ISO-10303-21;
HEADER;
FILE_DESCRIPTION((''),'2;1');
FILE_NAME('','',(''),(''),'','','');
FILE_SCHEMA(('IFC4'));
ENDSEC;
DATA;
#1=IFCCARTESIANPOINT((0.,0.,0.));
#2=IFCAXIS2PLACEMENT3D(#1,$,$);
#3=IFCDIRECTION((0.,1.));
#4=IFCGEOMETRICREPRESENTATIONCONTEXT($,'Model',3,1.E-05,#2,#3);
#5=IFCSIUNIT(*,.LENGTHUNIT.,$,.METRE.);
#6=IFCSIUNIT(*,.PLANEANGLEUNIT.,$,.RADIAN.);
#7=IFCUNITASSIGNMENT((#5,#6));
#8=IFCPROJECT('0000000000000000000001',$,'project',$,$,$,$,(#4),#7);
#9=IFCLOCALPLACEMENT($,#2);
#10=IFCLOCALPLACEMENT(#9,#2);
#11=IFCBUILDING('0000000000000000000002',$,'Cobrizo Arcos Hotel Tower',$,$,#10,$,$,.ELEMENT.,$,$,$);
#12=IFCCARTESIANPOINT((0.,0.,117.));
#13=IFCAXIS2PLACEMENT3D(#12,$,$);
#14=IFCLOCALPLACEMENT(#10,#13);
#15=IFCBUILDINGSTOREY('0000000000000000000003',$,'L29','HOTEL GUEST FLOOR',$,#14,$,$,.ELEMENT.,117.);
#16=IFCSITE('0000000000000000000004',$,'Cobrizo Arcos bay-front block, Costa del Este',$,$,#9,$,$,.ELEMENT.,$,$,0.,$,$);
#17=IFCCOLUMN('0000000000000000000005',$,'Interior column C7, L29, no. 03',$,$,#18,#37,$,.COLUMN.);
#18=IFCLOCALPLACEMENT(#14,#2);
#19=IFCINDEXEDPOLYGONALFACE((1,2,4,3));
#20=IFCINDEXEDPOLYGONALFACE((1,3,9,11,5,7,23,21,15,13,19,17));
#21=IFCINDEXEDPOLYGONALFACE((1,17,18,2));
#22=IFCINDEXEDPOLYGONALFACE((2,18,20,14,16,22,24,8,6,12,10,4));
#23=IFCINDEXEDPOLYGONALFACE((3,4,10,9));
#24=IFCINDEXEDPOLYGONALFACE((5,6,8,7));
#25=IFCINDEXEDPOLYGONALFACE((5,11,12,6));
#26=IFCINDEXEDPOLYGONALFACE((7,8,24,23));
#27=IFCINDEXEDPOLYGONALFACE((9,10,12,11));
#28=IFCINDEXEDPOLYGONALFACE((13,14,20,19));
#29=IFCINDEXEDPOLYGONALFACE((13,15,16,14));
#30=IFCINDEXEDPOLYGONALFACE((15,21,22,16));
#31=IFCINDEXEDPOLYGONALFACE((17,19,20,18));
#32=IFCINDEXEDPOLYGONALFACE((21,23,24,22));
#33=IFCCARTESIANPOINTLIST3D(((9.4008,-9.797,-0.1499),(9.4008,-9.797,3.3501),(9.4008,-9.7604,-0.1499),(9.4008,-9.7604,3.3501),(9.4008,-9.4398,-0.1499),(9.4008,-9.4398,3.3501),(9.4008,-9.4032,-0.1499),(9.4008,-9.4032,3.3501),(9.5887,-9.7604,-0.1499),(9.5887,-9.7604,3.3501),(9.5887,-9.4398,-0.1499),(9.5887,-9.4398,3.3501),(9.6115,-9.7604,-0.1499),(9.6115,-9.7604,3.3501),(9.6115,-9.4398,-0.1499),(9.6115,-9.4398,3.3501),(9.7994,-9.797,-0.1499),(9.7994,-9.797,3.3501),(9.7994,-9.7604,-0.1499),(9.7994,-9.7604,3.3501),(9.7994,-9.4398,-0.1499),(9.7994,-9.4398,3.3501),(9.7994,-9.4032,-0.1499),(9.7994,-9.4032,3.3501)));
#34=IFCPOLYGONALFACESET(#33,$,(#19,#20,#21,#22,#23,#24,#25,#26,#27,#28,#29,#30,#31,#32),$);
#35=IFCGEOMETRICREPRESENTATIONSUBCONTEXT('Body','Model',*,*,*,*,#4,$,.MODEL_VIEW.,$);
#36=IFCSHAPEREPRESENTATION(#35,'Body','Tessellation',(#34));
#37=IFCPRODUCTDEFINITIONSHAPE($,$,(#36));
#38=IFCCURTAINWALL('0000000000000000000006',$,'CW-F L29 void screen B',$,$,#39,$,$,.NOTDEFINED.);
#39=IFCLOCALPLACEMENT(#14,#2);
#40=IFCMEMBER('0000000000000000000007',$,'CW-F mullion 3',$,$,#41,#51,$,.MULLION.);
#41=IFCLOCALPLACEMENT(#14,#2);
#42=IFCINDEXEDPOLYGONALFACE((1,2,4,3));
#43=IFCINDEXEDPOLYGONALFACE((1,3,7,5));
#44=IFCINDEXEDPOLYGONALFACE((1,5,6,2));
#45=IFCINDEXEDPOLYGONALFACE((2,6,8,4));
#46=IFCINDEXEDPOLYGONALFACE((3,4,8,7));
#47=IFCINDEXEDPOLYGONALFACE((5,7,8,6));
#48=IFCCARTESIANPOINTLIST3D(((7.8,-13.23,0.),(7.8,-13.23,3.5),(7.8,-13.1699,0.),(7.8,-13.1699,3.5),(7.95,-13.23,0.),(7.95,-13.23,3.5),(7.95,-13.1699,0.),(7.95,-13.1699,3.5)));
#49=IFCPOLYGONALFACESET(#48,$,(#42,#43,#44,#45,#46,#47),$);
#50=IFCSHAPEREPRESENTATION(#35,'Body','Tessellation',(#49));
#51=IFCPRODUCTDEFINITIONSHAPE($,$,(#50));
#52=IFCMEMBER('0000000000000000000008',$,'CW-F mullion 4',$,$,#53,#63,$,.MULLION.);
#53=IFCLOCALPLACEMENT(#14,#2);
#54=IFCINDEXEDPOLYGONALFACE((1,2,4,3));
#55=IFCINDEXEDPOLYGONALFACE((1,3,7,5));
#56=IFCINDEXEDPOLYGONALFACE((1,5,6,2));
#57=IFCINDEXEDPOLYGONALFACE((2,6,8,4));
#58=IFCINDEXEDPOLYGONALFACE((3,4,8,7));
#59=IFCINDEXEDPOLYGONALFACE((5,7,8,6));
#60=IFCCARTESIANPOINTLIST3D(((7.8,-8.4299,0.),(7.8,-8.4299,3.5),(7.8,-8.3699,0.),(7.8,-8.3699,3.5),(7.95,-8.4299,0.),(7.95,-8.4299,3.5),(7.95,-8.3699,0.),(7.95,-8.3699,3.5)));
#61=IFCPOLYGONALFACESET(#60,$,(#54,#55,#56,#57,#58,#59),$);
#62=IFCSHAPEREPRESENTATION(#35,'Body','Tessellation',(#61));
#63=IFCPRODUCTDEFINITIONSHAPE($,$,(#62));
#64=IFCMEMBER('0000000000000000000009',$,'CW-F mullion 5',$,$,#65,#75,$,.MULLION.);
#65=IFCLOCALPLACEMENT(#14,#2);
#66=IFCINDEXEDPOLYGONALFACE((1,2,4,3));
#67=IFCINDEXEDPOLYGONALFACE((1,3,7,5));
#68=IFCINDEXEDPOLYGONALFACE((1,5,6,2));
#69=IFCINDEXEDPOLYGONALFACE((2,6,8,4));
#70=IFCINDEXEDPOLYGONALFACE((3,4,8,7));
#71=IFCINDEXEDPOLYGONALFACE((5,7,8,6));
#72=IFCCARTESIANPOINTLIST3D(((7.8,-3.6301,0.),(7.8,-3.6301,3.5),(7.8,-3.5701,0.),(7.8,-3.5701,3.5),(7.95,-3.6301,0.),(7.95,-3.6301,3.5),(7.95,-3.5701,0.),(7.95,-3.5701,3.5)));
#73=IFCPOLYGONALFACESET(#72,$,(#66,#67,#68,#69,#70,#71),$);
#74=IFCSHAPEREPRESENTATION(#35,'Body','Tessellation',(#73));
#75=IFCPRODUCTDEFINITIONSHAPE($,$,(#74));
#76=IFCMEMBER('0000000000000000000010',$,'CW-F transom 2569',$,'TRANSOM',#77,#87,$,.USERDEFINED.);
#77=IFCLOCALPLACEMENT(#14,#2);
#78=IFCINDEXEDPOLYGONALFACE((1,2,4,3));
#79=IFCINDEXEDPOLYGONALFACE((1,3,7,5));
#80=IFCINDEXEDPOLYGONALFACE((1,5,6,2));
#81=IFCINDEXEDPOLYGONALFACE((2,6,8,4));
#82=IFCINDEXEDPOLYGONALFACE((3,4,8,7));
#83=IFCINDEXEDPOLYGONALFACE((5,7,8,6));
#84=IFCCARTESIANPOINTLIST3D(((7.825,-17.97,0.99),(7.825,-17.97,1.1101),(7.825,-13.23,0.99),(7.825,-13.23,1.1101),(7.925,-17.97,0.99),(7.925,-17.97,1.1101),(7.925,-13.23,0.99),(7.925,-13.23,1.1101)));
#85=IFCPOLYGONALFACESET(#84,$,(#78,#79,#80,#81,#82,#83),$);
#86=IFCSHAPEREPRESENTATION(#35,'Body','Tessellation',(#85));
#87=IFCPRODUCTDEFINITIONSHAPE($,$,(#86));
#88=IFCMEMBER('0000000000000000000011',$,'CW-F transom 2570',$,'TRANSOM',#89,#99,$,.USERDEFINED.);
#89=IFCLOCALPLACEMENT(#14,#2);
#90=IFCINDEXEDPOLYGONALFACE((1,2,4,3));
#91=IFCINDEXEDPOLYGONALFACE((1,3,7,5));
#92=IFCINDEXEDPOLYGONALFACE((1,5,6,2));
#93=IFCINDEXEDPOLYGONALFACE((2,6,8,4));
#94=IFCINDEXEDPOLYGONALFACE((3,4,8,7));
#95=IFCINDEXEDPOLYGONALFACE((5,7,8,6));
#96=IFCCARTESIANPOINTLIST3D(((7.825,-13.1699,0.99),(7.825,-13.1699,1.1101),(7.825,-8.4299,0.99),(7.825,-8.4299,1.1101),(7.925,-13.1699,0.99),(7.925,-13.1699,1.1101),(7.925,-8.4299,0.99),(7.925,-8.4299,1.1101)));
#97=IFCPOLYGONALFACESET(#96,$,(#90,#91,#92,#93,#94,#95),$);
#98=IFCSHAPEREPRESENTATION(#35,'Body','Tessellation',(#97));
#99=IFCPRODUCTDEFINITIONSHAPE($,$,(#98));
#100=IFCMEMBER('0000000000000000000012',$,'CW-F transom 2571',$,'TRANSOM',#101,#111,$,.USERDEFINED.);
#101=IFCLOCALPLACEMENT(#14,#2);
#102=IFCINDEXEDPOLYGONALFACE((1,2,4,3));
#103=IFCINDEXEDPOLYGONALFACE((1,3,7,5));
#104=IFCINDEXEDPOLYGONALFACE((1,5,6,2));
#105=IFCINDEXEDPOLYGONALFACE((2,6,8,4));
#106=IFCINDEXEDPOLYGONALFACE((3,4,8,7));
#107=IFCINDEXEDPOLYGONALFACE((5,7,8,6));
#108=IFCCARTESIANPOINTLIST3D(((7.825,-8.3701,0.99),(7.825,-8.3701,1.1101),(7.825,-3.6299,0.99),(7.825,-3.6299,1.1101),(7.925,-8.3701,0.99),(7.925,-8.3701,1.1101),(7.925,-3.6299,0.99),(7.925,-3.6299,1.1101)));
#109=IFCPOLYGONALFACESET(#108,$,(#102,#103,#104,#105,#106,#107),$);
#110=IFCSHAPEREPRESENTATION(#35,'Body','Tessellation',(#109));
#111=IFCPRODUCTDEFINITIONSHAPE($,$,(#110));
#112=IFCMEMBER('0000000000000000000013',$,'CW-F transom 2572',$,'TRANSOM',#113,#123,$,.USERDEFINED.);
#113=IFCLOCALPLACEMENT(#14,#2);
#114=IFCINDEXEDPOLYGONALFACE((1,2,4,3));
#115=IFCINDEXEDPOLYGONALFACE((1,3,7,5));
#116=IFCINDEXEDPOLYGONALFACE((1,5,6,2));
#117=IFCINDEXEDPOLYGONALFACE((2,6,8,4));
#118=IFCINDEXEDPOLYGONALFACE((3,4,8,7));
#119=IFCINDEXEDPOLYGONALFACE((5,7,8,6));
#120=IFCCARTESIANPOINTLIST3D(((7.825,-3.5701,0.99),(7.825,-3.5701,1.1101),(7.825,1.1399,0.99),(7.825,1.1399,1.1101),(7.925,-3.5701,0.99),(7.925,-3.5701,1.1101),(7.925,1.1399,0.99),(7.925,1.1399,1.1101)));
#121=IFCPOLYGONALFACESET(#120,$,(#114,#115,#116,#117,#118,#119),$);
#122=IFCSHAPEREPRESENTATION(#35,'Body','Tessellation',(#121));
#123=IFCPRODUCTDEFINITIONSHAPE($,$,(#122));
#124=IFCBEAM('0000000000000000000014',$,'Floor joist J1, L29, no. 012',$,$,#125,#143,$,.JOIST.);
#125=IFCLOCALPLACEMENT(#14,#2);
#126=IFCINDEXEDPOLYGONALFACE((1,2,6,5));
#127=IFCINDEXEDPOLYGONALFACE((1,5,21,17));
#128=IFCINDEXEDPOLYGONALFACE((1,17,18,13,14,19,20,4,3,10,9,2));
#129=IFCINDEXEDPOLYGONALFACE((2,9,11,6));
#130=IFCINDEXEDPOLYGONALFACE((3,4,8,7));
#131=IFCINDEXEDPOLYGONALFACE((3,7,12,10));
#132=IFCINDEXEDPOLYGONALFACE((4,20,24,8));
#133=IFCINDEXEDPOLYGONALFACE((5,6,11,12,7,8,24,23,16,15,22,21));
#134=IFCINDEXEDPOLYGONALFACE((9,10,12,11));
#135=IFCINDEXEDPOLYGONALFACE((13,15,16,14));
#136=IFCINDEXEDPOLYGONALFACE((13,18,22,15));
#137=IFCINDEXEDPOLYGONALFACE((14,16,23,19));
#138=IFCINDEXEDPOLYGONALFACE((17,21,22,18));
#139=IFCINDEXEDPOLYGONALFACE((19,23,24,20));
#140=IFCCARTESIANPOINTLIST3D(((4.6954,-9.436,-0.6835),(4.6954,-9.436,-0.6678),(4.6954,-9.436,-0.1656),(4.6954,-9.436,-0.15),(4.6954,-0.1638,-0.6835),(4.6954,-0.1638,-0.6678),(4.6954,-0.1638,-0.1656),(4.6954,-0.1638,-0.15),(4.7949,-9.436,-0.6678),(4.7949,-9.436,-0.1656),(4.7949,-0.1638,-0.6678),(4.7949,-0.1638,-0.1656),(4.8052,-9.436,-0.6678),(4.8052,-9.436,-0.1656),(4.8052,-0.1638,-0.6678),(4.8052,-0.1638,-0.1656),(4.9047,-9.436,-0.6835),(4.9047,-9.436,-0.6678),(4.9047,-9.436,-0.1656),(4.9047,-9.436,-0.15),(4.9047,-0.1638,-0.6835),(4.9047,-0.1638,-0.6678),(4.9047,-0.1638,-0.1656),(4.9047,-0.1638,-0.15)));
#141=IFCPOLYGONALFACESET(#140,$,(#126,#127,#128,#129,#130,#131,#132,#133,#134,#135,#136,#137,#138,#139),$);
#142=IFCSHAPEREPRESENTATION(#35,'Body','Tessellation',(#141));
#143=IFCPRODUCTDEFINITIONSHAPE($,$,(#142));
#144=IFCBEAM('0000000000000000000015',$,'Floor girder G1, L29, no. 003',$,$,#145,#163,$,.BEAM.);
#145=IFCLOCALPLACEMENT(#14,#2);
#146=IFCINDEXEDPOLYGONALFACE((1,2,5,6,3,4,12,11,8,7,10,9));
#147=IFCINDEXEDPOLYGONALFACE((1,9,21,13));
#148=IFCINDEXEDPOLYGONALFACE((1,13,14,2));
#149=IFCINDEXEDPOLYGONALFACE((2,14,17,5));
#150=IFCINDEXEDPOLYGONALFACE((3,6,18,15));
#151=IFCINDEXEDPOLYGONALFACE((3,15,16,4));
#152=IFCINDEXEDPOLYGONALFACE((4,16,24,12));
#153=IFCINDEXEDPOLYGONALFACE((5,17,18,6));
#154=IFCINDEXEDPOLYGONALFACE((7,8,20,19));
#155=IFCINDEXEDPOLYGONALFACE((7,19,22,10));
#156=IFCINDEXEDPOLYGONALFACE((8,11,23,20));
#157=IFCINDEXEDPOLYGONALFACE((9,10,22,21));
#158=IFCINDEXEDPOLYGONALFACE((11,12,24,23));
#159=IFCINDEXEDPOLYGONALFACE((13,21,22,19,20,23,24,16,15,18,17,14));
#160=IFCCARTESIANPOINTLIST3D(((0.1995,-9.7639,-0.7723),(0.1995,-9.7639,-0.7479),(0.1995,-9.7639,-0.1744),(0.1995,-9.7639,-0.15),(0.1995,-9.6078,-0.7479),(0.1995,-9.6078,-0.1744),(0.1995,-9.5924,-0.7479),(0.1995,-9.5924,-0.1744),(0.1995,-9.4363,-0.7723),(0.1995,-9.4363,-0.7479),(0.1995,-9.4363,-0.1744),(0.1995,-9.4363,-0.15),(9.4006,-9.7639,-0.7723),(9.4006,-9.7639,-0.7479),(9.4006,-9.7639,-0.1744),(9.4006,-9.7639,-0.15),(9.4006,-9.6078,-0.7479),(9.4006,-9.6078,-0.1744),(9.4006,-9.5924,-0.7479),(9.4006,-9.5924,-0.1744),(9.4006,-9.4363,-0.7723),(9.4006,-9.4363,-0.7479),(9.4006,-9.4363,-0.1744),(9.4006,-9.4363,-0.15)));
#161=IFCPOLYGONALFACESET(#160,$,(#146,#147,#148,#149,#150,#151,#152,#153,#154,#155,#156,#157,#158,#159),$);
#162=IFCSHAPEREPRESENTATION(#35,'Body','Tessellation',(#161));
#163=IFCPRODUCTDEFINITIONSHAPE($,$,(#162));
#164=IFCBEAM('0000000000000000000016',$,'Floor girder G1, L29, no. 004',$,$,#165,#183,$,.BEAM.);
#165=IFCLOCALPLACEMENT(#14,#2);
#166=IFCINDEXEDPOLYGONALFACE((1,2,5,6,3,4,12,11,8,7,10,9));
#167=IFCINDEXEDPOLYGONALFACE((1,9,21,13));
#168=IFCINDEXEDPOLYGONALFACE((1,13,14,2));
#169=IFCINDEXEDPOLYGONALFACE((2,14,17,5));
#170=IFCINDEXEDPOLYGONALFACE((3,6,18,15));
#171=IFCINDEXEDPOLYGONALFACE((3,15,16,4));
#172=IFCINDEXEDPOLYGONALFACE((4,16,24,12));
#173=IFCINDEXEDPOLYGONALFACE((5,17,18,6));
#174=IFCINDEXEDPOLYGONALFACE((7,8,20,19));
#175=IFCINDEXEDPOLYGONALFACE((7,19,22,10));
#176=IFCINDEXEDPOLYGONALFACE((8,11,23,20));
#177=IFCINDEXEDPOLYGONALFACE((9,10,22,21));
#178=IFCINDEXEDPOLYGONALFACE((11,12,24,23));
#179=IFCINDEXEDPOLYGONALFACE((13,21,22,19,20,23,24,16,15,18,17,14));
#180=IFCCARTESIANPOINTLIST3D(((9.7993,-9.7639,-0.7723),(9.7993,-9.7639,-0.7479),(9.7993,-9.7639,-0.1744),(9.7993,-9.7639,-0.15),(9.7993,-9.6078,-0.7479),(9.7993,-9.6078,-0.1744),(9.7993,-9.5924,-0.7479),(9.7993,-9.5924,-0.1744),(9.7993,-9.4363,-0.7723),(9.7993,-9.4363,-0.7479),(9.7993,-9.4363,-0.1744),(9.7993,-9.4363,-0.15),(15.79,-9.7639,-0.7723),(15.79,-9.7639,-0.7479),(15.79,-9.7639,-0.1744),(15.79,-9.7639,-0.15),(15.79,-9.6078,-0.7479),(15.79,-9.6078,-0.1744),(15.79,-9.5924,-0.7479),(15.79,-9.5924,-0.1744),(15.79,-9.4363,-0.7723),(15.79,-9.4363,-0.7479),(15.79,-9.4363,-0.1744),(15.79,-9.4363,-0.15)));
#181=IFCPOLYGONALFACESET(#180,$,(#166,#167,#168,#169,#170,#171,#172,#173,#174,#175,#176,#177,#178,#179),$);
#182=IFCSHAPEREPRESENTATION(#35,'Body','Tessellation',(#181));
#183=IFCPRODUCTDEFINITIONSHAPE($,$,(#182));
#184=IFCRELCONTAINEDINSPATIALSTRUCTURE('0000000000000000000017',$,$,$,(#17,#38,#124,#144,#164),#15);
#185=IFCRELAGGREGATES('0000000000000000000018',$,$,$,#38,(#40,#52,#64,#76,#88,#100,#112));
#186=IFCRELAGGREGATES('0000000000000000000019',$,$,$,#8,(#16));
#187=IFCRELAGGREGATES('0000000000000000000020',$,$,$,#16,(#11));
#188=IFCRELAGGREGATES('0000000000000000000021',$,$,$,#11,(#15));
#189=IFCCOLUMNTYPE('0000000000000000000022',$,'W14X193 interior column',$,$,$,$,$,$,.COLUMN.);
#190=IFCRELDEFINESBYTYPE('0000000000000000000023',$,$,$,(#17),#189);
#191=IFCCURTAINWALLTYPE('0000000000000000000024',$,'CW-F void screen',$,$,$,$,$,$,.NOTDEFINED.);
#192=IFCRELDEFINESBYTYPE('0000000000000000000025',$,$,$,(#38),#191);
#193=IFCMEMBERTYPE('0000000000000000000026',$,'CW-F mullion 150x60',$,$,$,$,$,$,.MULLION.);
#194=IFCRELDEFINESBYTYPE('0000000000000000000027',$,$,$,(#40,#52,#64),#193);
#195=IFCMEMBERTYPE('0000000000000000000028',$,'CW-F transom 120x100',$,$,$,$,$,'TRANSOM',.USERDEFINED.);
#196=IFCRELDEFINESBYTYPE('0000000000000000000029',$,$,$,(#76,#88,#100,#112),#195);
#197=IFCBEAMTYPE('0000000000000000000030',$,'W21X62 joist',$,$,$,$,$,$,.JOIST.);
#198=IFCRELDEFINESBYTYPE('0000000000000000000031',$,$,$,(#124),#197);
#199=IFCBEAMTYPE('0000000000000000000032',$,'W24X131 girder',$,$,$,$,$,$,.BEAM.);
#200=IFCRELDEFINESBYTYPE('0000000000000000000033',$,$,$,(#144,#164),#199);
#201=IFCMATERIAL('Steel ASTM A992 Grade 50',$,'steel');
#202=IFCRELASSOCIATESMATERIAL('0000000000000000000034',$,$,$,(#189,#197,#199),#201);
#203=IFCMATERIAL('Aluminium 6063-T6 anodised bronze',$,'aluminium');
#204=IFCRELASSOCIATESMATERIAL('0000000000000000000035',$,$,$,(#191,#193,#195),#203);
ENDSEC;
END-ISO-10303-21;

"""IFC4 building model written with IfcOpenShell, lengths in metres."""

from ifc_helpers import new_model, si_unit, direction, frame, origin, origin_2d, place, context, subcontext, project, spatial, rectangle, i_section, extrude, material, material_profile, profile_set, type_object, element, aggregate, save


model = new_model("IFC4")

# Units and contexts
model_context = context("Model", 3, precision=1e-05, world=origin(), true_north=direction((0.0, 1.0)))
body_context = subcontext(model_context, "Body", "Model", "MODEL_VIEW")
ifc_project = project(units=[si_unit("LENGTHUNIT", "METRE"), si_unit("PLANEANGLEUNIT", "RADIAN")], contexts=[model_context])

# Site, building, storey
site_placement = place(None, origin())
site = spatial("IfcSite", under=ifc_project, at=site_placement, Name="Cobrizo Arcos bay-front block, Costa del Este", CompositionType="ELEMENT", RefElevation=0.0)
building_placement = place(site_placement, origin())
building = spatial("IfcBuilding", under=site, at=building_placement, Name="Cobrizo Arcos Hotel Tower", CompositionType="ELEMENT")
storey_placement = place(building_placement, frame((0.0, 0.0, 117.0)))
storey = spatial("IfcBuildingStorey", under=building, at=storey_placement, Name="L29", Description="HOTEL GUEST FLOOR", CompositionType="ELEMENT", Elevation=117.0)

# Column
ifc_material_1 = material(Name="Steel ASTM A992 Grade 50", Category="steel")
ifc_material_profile_1 = material_profile(ifc_material_1, i_section(OverallWidth=0.3987, OverallDepth=0.3938, WebThickness=0.0227, FlangeThickness=0.0366, at=origin_2d()), Name="W14X193")
ifc_profile_set_1 = profile_set([ifc_material_profile_1], Name="Steel ASTM A992 Grade 50")
column_type = type_object("IfcColumnType", Name="W14X193 interior column", PredefinedType="COLUMN", material=ifc_profile_set_1)
column_placement = place(storey_placement, frame((9.6001, -9.6001, -0.1499), z_axis=(0.0, 0.0, 1.0), x_axis=(1.0, 0.0, 0.0)))
element("IfcColumn", 1, at=column_placement, inside=storey, type_object=column_type, Name="Interior column C7, L29, no. 03", PredefinedType="COLUMN", context=body_context, shape_type="SweptSolid", body=[
    extrude(i_section(OverallWidth=0.3987, OverallDepth=0.3938, WebThickness=0.0227, FlangeThickness=0.0366, at=origin_2d()), origin(), (0.0, 0.0, 1.0), 3.5),
])

# Curtain wall, members
ifc_material_2 = material(Name="Aluminium 6063-T6 anodised bronze", Category="aluminium")
curtain_wall_type = type_object("IfcCurtainWallType", Name="CW-F void screen", PredefinedType="NOTDEFINED", material=ifc_material_2)
curtain_wall_placement = place(storey_placement, origin())
curtain_wall = element("IfcCurtainWall", 2, at=curtain_wall_placement, inside=storey, type_object=curtain_wall_type, Name="CW-F L29 void screen B", PredefinedType="NOTDEFINED")
ifc_material_profile_2 = material_profile(ifc_material_2, rectangle(XDim=0.1499, YDim=0.0601, at=origin_2d()), Name="CW-F mullion 150x60")
ifc_profile_set_2 = profile_set([ifc_material_profile_2], Name="Aluminium 6063-T6 anodised bronze")
member_type_1 = type_object("IfcMemberType", Name="CW-F mullion 150x60", PredefinedType="MULLION", material=ifc_profile_set_2)
member_1_placement = place(storey_placement, frame((7.875, -13.2, 0.0), z_axis=(0.0, 0.0, 1.0), x_axis=(1.0, 0.0, 0.0)))
member_1 = element("IfcMember", 3, at=member_1_placement, type_object=member_type_1, Name="CW-F mullion 3", PredefinedType="MULLION", context=body_context, shape_type="SweptSolid", body=[
    extrude(rectangle(XDim=0.1499, YDim=0.0601, at=origin_2d()), origin(), (0.0, 0.0, 1.0), 3.5),
])
member_2_placement = place(storey_placement, frame((7.875, -8.3999, 0.0), z_axis=(0.0, 0.0, 1.0), x_axis=(1.0, 0.0, 0.0)))
member_2 = element("IfcMember", 4, at=member_2_placement, type_object=member_type_1, Name="CW-F mullion 4", PredefinedType="MULLION", context=body_context, shape_type="SweptSolid", body=[
    extrude(rectangle(XDim=0.1499, YDim=0.0601, at=origin_2d()), origin(), (0.0, 0.0, 1.0), 3.5),
])
member_3_placement = place(storey_placement, frame((7.875, -3.6001, 0.0), z_axis=(0.0, 0.0, 1.0), x_axis=(1.0, 0.0, 0.0)))
member_3 = element("IfcMember", 5, at=member_3_placement, type_object=member_type_1, Name="CW-F mullion 5", PredefinedType="MULLION", context=body_context, shape_type="SweptSolid", body=[
    extrude(rectangle(XDim=0.1499, YDim=0.0601, at=origin_2d()), origin(), (0.0, 0.0, 1.0), 3.5),
])
ifc_material_profile_3 = material_profile(ifc_material_2, rectangle(XDim=0.1001, YDim=0.1201, at=origin_2d()), Name="CW-F transom 120x100")
ifc_profile_set_3 = profile_set([ifc_material_profile_3], Name="Aluminium 6063-T6 anodised bronze")
member_type_2 = type_object("IfcMemberType", Name="CW-F transom 120x100", ElementType="TRANSOM", PredefinedType="USERDEFINED", material=ifc_profile_set_3)
member_4_placement = place(storey_placement, frame((7.875, -17.97, 1.05), z_axis=(0.0, 1.0, 0.0), x_axis=(-1.0, 0.0, 0.0)))
member_4 = element("IfcMember", 6, at=member_4_placement, type_object=member_type_2, Name="CW-F transom 2569", ObjectType="TRANSOM", PredefinedType="USERDEFINED", context=body_context, shape_type="SweptSolid", body=[
    extrude(rectangle(XDim=0.1001, YDim=0.1201, at=origin_2d()), origin(), (0.0, 0.0, 1.0), 4.74),
])
member_5_placement = place(storey_placement, frame((7.875, -13.1699, 1.05), z_axis=(0.0, 1.0, 0.0), x_axis=(-1.0, 0.0, 0.0)))
member_5 = element("IfcMember", 7, at=member_5_placement, type_object=member_type_2, Name="CW-F transom 2570", ObjectType="TRANSOM", PredefinedType="USERDEFINED", context=body_context, shape_type="SweptSolid", body=[
    extrude(rectangle(XDim=0.1001, YDim=0.1201, at=origin_2d()), origin(), (0.0, 0.0, 1.0), 4.74),
])
member_6_placement = place(storey_placement, frame((7.875, -8.3701, 1.05), z_axis=(0.0, 1.0, 0.0), x_axis=(-1.0, 0.0, 0.0)))
member_6 = element("IfcMember", 8, at=member_6_placement, type_object=member_type_2, Name="CW-F transom 2571", ObjectType="TRANSOM", PredefinedType="USERDEFINED", context=body_context, shape_type="SweptSolid", body=[
    extrude(rectangle(XDim=0.1001, YDim=0.1201, at=origin_2d()), origin(), (0.0, 0.0, 1.0), 4.7402),
])
member_7_placement = place(storey_placement, frame((7.875, -3.5701, 1.05), z_axis=(0.0, 1.0, 0.0), x_axis=(-1.0, 0.0, 0.0)))
member_7 = element("IfcMember", 9, at=member_7_placement, type_object=member_type_2, Name="CW-F transom 2572", ObjectType="TRANSOM", PredefinedType="USERDEFINED", context=body_context, shape_type="SweptSolid", body=[
    extrude(rectangle(XDim=0.1001, YDim=0.1201, at=origin_2d()), origin(), (0.0, 0.0, 1.0), 4.71),
])

# Beams
ifc_material_profile_4 = material_profile(ifc_material_1, i_section(OverallWidth=0.2092, OverallDepth=0.5334, WebThickness=0.0103, FlangeThickness=0.0156, at=origin_2d()), Name="W21X62")
ifc_profile_set_4 = profile_set([ifc_material_profile_4], Name="Steel ASTM A992 Grade 50")
beam_type_1 = type_object("IfcBeamType", Name="W21X62 joist", PredefinedType="JOIST", material=ifc_profile_set_4)
beam_1_placement = place(storey_placement, frame((4.8, -9.436, -0.4167), z_axis=(0.0, 1.0, 0.0), x_axis=(-1.0, 0.0, 0.0)))
element("IfcBeam", 10, at=beam_1_placement, inside=storey, type_object=beam_type_1, Name="Floor joist J1, L29, no. 012", PredefinedType="JOIST", context=body_context, shape_type="SweptSolid", body=[
    extrude(i_section(OverallWidth=0.2092, OverallDepth=0.5334, WebThickness=0.0103, FlangeThickness=0.0156, at=origin_2d()), origin(), (0.0, 0.0, 1.0), 9.2722),
])
ifc_material_profile_5 = material_profile(ifc_material_1, i_section(OverallWidth=0.3276, OverallDepth=0.6223, WebThickness=0.0154, FlangeThickness=0.0244, at=origin_2d()), Name="W24X131")
ifc_profile_set_5 = profile_set([ifc_material_profile_5], Name="Steel ASTM A992 Grade 50")
beam_type_2 = type_object("IfcBeamType", Name="W24X131 girder", PredefinedType="BEAM", material=ifc_profile_set_5)
beam_2_placement = place(storey_placement, frame((0.1995, -9.6001, -0.4612), z_axis=(1.0, 0.0, 0.0), x_axis=(0.0, 1.0, 0.0)))
element("IfcBeam", 11, at=beam_2_placement, inside=storey, type_object=beam_type_2, Name="Floor girder G1, L29, no. 003", PredefinedType="BEAM", context=body_context, shape_type="SweptSolid", body=[
    extrude(i_section(OverallWidth=0.3276, OverallDepth=0.6223, WebThickness=0.0154, FlangeThickness=0.0244, at=origin_2d()), origin(), (0.0, 0.0, 1.0), 9.2012),
])
beam_3_placement = place(storey_placement, frame((9.7993, -9.6001, -0.4612), z_axis=(1.0, 0.0, 0.0), x_axis=(0.0, 1.0, 0.0)))
element("IfcBeam", 12, at=beam_3_placement, inside=storey, type_object=beam_type_2, Name="Floor girder G1, L29, no. 004", PredefinedType="BEAM", context=body_context, shape_type="SweptSolid", body=[
    extrude(i_section(OverallWidth=0.3276, OverallDepth=0.6223, WebThickness=0.0154, FlangeThickness=0.0244, at=origin_2d()), origin(), (0.0, 0.0, 1.0), 5.9907),
])

aggregate(curtain_wall, [member_1, member_2, member_3, member_4, member_5, member_6, member_7])

save(model, "model.ifc")
